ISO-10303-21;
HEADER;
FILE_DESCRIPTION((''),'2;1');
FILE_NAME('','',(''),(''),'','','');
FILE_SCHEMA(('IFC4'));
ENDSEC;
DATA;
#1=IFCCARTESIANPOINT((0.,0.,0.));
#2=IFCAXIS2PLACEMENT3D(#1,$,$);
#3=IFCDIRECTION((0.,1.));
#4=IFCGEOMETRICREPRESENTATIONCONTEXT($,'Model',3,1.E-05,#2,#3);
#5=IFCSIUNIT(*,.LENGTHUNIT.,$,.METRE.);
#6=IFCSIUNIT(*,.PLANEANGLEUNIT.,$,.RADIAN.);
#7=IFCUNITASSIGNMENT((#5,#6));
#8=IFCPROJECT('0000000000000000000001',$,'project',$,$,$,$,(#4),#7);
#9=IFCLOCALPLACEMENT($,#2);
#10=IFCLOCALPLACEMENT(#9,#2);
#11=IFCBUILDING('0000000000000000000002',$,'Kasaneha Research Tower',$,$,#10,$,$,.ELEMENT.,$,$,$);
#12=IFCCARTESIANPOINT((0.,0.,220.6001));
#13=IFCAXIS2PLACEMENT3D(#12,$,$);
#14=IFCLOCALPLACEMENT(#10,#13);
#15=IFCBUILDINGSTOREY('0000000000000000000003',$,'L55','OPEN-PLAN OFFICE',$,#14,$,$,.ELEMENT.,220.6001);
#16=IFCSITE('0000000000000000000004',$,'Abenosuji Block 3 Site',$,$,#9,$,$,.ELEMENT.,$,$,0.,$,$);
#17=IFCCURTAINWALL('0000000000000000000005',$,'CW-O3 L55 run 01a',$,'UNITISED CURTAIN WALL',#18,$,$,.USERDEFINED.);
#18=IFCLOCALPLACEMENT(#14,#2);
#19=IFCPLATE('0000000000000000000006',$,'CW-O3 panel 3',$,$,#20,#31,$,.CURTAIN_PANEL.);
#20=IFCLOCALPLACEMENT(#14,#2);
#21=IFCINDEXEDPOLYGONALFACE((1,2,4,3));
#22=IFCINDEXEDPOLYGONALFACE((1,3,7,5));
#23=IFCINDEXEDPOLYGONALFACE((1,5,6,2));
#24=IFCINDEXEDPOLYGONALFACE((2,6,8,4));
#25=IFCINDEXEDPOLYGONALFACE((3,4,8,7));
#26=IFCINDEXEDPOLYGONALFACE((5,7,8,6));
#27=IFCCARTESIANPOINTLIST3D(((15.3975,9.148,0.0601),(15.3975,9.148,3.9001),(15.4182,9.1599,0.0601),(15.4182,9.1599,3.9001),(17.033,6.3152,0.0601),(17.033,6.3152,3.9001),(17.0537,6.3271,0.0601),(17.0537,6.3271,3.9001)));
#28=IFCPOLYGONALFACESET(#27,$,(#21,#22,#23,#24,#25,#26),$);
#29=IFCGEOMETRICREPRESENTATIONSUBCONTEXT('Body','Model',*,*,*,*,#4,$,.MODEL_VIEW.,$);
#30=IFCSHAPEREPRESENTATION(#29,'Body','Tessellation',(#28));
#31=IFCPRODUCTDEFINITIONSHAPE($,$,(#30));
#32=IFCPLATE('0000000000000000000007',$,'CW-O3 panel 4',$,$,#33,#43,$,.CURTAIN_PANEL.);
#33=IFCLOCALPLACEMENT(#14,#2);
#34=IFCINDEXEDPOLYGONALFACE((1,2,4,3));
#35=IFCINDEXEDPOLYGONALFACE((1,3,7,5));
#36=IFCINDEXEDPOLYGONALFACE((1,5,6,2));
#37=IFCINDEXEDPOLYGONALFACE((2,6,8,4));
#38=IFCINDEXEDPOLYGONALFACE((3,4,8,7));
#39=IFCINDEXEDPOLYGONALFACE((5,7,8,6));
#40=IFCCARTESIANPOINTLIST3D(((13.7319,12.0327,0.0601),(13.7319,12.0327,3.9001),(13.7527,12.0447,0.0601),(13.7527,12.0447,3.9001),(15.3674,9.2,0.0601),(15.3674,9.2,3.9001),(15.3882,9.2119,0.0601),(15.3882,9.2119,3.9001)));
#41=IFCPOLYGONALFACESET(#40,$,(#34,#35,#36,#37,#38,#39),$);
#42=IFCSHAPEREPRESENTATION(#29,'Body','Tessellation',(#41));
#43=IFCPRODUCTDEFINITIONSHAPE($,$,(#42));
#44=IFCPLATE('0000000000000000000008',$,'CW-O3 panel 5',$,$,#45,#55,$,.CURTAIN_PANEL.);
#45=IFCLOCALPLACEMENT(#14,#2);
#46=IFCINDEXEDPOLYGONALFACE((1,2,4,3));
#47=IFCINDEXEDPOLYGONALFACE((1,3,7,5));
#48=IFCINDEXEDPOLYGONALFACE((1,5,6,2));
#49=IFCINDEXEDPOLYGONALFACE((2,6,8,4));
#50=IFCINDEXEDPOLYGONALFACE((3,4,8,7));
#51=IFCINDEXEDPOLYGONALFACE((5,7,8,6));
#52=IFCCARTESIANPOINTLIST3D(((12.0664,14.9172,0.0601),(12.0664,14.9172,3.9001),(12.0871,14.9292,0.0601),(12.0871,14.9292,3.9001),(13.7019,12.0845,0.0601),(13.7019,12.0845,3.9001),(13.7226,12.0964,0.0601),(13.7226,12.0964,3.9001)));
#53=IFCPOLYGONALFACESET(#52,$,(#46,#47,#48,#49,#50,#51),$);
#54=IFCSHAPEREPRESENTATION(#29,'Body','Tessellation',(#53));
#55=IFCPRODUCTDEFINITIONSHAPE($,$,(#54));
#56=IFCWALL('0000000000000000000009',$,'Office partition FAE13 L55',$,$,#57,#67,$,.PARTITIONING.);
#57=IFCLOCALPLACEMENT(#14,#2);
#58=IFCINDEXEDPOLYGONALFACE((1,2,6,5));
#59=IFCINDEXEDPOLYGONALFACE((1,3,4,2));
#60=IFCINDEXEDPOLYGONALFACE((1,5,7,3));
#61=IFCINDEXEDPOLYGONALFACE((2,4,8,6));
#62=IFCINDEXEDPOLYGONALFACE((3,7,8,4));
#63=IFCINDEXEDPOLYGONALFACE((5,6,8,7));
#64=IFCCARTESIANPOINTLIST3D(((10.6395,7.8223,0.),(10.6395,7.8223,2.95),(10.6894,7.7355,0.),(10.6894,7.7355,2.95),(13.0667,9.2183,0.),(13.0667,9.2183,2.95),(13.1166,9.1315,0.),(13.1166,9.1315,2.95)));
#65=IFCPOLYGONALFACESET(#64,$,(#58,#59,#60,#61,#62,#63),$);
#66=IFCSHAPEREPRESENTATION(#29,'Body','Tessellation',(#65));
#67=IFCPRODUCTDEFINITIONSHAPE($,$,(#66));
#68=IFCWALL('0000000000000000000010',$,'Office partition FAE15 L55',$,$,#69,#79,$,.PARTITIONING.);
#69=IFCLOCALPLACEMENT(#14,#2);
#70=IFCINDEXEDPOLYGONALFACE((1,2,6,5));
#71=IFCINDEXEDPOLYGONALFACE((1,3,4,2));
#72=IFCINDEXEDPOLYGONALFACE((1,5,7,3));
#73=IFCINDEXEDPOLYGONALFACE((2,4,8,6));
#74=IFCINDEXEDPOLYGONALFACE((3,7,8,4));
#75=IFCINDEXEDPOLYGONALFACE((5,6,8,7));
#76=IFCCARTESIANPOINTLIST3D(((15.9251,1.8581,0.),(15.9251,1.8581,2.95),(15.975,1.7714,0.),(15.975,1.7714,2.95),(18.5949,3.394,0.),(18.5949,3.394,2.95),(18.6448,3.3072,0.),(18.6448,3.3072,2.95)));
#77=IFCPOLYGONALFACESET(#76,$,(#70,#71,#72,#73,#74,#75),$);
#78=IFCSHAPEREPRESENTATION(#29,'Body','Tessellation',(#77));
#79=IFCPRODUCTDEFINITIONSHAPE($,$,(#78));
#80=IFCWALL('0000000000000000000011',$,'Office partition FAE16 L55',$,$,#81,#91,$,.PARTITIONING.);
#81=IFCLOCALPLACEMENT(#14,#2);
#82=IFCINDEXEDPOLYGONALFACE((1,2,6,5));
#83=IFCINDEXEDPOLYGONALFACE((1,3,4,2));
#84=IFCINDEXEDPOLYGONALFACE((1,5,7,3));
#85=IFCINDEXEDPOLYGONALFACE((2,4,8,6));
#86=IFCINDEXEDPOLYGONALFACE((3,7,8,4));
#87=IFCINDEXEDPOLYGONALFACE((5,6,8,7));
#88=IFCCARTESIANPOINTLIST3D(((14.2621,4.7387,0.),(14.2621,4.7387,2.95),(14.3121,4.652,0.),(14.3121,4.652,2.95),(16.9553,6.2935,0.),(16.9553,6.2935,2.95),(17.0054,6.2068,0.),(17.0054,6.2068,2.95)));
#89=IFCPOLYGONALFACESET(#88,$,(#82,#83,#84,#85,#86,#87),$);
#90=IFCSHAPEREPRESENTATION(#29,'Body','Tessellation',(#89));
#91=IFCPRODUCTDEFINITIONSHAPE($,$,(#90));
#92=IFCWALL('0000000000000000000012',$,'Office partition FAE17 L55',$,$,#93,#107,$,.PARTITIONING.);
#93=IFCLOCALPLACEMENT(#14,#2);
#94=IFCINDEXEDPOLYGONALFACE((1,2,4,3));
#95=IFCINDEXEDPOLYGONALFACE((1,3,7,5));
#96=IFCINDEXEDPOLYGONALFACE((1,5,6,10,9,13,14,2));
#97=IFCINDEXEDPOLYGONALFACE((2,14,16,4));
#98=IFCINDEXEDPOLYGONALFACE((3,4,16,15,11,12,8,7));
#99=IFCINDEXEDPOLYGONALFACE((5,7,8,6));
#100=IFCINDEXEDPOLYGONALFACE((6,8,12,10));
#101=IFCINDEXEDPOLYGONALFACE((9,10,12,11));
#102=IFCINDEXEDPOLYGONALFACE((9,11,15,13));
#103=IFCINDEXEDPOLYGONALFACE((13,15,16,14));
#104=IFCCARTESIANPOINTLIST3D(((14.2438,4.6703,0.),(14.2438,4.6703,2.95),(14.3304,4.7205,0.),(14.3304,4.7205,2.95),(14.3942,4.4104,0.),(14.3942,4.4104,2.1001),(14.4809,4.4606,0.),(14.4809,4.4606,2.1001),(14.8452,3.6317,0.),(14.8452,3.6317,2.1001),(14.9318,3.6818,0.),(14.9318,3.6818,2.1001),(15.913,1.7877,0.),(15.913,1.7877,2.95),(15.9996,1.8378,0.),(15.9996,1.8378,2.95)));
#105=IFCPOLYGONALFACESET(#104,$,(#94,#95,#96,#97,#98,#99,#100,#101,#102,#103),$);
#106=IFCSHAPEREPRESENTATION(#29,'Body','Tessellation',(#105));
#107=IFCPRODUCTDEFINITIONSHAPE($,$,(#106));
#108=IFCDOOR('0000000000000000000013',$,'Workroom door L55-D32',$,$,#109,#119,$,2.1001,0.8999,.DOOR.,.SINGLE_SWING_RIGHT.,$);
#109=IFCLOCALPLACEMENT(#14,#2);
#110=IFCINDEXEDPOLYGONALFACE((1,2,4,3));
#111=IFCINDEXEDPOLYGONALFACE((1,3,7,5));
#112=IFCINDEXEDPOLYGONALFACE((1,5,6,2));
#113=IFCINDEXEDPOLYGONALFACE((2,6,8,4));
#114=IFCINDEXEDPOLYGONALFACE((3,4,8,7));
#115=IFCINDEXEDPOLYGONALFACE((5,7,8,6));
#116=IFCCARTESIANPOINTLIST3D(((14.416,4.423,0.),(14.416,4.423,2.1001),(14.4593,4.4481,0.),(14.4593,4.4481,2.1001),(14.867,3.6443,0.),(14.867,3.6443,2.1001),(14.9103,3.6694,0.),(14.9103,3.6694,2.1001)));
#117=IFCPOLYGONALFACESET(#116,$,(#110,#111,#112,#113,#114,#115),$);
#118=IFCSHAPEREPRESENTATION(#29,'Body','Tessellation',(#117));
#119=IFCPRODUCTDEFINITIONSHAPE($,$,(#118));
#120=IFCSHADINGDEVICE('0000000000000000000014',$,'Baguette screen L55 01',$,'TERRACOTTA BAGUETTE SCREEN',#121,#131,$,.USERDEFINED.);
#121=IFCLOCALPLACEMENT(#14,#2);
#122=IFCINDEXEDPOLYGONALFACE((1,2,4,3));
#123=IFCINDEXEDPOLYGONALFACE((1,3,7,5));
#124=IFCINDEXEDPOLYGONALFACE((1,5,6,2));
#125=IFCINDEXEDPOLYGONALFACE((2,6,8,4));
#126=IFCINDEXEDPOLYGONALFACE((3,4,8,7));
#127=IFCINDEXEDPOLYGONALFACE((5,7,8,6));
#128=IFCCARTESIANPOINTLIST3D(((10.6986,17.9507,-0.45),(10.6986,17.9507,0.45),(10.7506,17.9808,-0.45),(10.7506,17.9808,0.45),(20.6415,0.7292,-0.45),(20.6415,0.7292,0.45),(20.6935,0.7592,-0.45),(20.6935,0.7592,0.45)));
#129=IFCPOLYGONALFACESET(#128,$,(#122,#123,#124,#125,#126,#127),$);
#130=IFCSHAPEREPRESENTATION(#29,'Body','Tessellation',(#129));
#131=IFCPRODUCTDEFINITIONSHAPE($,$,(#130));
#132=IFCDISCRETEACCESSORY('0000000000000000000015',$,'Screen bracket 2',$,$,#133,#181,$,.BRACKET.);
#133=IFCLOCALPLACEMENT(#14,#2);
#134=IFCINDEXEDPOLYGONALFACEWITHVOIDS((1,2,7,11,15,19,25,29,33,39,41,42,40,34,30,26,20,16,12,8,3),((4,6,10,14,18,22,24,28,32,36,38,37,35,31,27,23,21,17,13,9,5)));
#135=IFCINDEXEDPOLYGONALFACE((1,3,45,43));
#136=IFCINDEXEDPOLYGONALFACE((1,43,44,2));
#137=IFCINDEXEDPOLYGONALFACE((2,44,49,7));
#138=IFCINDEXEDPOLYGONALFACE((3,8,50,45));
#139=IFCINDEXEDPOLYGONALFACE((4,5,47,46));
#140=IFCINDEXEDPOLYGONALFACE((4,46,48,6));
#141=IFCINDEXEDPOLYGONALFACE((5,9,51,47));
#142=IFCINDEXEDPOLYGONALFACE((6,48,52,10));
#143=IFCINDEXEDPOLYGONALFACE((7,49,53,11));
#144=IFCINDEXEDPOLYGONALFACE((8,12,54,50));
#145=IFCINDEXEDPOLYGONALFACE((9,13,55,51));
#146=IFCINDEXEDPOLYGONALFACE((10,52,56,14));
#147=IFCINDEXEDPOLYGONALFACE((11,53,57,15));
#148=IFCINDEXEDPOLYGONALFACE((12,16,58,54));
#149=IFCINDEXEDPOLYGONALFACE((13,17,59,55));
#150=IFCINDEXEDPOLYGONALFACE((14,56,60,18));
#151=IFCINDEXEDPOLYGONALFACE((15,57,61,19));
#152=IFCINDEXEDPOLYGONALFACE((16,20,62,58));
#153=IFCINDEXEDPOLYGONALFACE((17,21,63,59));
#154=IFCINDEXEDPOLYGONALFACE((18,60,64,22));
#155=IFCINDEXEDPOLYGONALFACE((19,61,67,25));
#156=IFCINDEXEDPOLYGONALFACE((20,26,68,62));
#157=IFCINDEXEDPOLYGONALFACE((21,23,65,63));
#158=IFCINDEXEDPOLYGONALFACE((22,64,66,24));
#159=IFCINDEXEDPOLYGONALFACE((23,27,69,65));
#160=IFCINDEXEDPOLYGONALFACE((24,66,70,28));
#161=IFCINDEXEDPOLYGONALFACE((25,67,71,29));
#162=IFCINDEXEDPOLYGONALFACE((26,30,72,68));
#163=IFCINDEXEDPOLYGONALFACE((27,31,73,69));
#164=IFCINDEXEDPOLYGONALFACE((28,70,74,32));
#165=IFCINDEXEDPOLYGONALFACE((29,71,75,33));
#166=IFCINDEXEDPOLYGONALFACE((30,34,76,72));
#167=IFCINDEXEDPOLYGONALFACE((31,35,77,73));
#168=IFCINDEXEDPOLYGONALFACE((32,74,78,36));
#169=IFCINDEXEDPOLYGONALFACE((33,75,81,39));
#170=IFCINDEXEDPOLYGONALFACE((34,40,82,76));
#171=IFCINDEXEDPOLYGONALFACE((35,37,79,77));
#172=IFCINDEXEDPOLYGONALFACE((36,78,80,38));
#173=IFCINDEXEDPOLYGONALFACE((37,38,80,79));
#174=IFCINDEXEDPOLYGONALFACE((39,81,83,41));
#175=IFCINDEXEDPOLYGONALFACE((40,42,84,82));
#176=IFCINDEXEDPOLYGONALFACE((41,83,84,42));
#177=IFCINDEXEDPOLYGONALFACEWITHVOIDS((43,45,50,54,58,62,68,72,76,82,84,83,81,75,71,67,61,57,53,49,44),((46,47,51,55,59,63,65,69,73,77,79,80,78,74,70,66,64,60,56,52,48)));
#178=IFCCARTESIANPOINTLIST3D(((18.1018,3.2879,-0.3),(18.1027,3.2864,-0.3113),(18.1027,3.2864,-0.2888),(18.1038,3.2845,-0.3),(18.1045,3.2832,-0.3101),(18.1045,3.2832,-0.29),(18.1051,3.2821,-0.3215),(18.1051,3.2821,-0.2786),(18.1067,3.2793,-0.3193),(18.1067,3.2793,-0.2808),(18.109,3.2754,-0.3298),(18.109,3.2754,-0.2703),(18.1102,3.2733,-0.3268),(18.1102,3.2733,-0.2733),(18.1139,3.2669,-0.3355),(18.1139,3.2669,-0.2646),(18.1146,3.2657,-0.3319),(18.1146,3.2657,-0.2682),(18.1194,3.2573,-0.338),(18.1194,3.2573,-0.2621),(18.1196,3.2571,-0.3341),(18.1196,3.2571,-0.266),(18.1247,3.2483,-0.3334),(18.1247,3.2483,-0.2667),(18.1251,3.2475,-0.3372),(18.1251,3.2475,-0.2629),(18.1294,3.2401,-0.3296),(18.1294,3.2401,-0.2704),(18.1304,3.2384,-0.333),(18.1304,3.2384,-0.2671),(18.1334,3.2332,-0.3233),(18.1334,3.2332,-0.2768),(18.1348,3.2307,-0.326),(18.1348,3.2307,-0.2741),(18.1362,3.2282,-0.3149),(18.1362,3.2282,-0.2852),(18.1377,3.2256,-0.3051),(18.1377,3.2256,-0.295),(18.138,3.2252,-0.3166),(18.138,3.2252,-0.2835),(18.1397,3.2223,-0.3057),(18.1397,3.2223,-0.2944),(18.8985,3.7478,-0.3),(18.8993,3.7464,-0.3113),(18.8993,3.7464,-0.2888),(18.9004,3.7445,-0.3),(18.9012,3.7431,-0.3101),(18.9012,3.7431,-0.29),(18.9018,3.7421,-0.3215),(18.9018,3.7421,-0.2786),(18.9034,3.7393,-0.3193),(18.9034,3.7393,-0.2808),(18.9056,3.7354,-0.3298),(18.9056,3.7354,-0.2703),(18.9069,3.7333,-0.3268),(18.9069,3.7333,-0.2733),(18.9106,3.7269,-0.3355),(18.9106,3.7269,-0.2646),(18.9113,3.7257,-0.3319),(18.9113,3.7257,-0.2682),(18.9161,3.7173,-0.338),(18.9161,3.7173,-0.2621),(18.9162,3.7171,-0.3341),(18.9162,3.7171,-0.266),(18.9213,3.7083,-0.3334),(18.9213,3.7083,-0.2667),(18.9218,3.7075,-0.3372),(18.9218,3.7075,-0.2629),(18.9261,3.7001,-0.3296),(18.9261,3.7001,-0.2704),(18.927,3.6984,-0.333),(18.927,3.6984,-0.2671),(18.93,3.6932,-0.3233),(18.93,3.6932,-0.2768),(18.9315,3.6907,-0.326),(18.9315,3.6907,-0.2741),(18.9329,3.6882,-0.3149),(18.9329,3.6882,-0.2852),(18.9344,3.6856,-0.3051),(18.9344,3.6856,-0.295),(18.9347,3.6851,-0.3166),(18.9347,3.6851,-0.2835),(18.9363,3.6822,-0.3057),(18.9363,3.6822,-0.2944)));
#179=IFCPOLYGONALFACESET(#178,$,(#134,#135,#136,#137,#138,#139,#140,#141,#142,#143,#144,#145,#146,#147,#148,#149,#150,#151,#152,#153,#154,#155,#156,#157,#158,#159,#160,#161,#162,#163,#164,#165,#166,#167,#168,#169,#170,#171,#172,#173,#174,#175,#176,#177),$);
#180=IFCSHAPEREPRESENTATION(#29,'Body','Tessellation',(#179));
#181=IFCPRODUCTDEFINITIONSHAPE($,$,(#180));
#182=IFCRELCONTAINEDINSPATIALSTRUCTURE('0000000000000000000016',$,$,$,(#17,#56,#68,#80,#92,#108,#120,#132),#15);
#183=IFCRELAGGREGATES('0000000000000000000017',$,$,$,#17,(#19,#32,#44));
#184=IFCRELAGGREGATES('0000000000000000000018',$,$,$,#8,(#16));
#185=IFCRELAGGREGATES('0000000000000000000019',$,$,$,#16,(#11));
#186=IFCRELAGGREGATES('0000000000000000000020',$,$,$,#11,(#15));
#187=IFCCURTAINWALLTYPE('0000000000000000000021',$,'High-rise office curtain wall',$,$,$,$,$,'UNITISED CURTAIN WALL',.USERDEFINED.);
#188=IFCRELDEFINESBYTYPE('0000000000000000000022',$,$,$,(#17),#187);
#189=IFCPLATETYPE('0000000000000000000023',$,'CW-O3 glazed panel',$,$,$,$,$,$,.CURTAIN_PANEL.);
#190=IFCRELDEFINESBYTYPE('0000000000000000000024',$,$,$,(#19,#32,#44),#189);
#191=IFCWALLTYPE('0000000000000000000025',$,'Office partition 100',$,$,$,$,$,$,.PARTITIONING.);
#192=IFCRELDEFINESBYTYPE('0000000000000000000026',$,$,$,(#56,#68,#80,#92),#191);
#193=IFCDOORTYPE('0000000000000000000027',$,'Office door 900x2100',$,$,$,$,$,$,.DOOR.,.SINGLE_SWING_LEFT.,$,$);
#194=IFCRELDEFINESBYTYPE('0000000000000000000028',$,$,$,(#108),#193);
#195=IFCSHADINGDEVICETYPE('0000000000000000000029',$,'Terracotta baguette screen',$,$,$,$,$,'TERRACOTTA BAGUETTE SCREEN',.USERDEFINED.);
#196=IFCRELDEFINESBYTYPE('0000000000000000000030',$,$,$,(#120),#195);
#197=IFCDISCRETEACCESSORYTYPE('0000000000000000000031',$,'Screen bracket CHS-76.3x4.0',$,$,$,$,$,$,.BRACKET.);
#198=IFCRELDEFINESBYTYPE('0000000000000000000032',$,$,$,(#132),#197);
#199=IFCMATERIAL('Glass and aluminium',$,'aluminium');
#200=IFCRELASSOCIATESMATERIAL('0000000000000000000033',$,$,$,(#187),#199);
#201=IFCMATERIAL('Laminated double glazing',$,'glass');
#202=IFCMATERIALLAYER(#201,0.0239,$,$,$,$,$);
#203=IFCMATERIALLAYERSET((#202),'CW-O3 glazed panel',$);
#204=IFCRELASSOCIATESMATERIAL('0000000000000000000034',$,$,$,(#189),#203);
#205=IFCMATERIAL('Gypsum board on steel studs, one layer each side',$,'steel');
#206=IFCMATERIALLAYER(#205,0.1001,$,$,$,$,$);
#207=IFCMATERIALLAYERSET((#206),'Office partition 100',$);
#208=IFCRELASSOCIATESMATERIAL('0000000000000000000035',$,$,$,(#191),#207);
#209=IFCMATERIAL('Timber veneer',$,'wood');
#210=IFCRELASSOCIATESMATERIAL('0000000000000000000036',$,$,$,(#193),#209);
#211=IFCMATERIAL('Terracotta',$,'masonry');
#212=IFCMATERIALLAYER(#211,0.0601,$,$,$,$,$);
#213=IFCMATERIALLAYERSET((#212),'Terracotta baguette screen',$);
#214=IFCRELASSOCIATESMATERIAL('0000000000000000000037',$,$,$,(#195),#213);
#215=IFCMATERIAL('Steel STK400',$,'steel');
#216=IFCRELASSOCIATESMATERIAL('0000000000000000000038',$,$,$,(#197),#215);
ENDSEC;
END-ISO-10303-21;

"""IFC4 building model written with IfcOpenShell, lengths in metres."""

from ifc_helpers import new_model, si_unit, direction, frame, frame_2d, origin, origin_2d, place, context, subcontext, project, spatial, rectangle, hollow_circle, extrude, material, layer, layer_set, material_profile, profile_set, type_object, element, fill, aggregate, save


model = new_model("IFC4")

# Units and contexts
model_context = context("Model", 3, precision=1e-05, world=origin(), true_north=direction((0.0, 1.0)))
body_context = subcontext(model_context, "Body", "Model", "MODEL_VIEW")
ifc_project = project(units=[si_unit("LENGTHUNIT", "METRE"), si_unit("PLANEANGLEUNIT", "RADIAN")], contexts=[model_context])

# Site, building, storey
site_placement = place(None, origin())
site = spatial("IfcSite", under=ifc_project, at=site_placement, Name="Abenosuji Block 3 Site", CompositionType="ELEMENT", RefElevation=0.0)
building_placement = place(site_placement, origin())
building = spatial("IfcBuilding", under=site, at=building_placement, Name="Kasaneha Research Tower", CompositionType="ELEMENT")
storey_placement = place(building_placement, frame((0.0, 0.0, 220.6001)))
storey = spatial("IfcBuildingStorey", under=building, at=storey_placement, Name="L55", Description="OPEN-PLAN OFFICE", CompositionType="ELEMENT", Elevation=220.6001)

# Curtain wall, plates
ifc_material_1 = material(Name="Glass and aluminium", Category="aluminium")
curtain_wall_type = type_object("IfcCurtainWallType", Name="High-rise office curtain wall", ElementType="UNITISED CURTAIN WALL", PredefinedType="USERDEFINED", material=ifc_material_1)
curtain_wall_placement = place(storey_placement, origin())
curtain_wall = element("IfcCurtainWall", 1, at=curtain_wall_placement, inside=storey, type_object=curtain_wall_type, Name="CW-O3 L55 run 01a", ObjectType="UNITISED CURTAIN WALL", PredefinedType="USERDEFINED")
ifc_material_2 = material(Name="Laminated double glazing", Category="glass")
ifc_layer_1 = layer(ifc_material_2, 0.0239)
ifc_layer_set_1 = layer_set([ifc_layer_1], Name="CW-O3 glazed panel")
plate_type = type_object("IfcPlateType", Name="CW-O3 glazed panel", PredefinedType="CURTAIN_PANEL", material=ifc_layer_set_1)
plate_1_placement = place(storey_placement, frame((16.2256, 7.7375, 0.0601), z_axis=(0.0, 0.0, 1.0), x_axis=(-0.5, 0.866025, 0.0)))
plate_1 = element("IfcPlate", 2, at=plate_1_placement, type_object=plate_type, Name="CW-O3 panel 3", PredefinedType="CURTAIN_PANEL", context=body_context, shape_type="SweptSolid", body=[
    extrude(rectangle(XDim=3.271, YDim=0.0239, at=origin_2d()), origin(), (0.0, 0.0, 1.0), 3.8401),
])
plate_2_placement = place(storey_placement, frame((14.5601, 10.6223, 0.0601), z_axis=(0.0, 0.0, 1.0), x_axis=(-0.5, 0.866025, 0.0)))
plate_2 = element("IfcPlate", 3, at=plate_2_placement, type_object=plate_type, Name="CW-O3 panel 4", PredefinedType="CURTAIN_PANEL", context=body_context, shape_type="SweptSolid", body=[
    extrude(rectangle(XDim=3.271, YDim=0.0239, at=origin_2d()), origin(), (0.0, 0.0, 1.0), 3.8401),
])
plate_3_placement = place(storey_placement, frame((12.8945, 13.5068, 0.0601), z_axis=(0.0, 0.0, 1.0), x_axis=(-0.5, 0.866025, 0.0)))
plate_3 = element("IfcPlate", 4, at=plate_3_placement, type_object=plate_type, Name="CW-O3 panel 5", PredefinedType="CURTAIN_PANEL", context=body_context, shape_type="SweptSolid", body=[
    extrude(rectangle(XDim=3.271, YDim=0.0239, at=origin_2d()), origin(), (0.0, 0.0, 1.0), 3.8401),
])
aggregate(curtain_wall, [plate_1, plate_2, plate_3])

# Walls
ifc_material_3 = material(Name="Gypsum board on steel studs, one layer each side", Category="steel")
ifc_layer_2 = layer(ifc_material_3, 0.1001)
ifc_layer_set_2 = layer_set([ifc_layer_2], Name="Office partition 100")
wall_type = type_object("IfcWallType", Name="Office partition 100", PredefinedType="PARTITIONING", material=ifc_layer_set_2)
wall_1_placement = place(storey_placement, frame((13.0916, 9.1748, 0.0), z_axis=(0.0, 0.0, 1.0), x_axis=(-0.866855, -0.49856, 0.0)))
element("IfcWall", 5, at=wall_1_placement, inside=storey, type_object=wall_type, Name="Office partition FAE13 L55", PredefinedType="PARTITIONING", context=body_context, shape_type="SweptSolid", body=[
    extrude(rectangle(XDim=2.8, YDim=0.1001, at=frame_2d((1.3999, 0.0))), origin(), (0.0, 0.0, 1.0), 2.95),
])
wall_2_placement = place(storey_placement, frame((18.6199, 3.3506, 0.0), z_axis=(0.0, 0.0, 1.0), x_axis=(-0.86681, -0.498638, 0.0)))
element("IfcWall", 6, at=wall_2_placement, inside=storey, type_object=wall_type, Name="Office partition FAE15 L55", PredefinedType="PARTITIONING", context=body_context, shape_type="SweptSolid", body=[
    extrude(rectangle(XDim=3.0801, YDim=0.1001, at=frame_2d((1.54, 0.0))), origin(), (0.0, 0.0, 1.0), 2.95),
])
wall_3_placement = place(storey_placement, frame((14.2871, 4.6953, 0.0), z_axis=(0.0, 0.0, 1.0), x_axis=(0.866037, 0.499981, 0.0)))
element("IfcWall", 7, at=wall_3_placement, inside=storey, type_object=wall_type, Name="Office partition FAE16 L55", PredefinedType="PARTITIONING", context=body_context, shape_type="SweptSolid", body=[
    extrude(rectangle(XDim=3.1099, YDim=0.1001, at=frame_2d((1.5549, 0.0))), origin(), (0.0, 0.0, 1.0), 2.95),
])

# Wall, opening, door
wall_4_placement = place(storey_placement, frame((15.9563, 1.8127, 0.0), z_axis=(0.0, 0.0, 1.0), x_axis=(-0.501111, 0.865383, 0.0)))
wall_4 = element("IfcWall", 8, at=wall_4_placement, inside=storey, type_object=wall_type, Name="Office partition FAE17 L55", PredefinedType="PARTITIONING", context=body_context, shape_type="SweptSolid", body=[
    extrude(rectangle(XDim=3.3311, YDim=0.1001, at=frame_2d((1.6655, 0.0))), origin(), (0.0, 0.0, 1.0), 2.95),
])
opening_placement = place(wall_4_placement, frame((2.1309, 0.0, 0.0)))
opening = element("IfcOpeningElement", 9, at=opening_placement, cuts=wall_4, PredefinedType="OPENING", context=body_context, shape_type="SweptSolid", body=[
    extrude(rectangle(XDim=0.8999, YDim=2.1001, at=frame_2d((0.45, 1.05))), frame((0.0, 0.0601, 0.0), z_axis=(0.0, -1.0, 0.0), x_axis=(1.0, 0.0, 0.0)), (0.0, 0.0, 1.0), 0.1201),
])
ifc_material_4 = material(Name="Timber veneer", Category="wood")
door_type = type_object("IfcDoorType", Name="Office door 900x2100", OperationType="SINGLE_SWING_LEFT", PredefinedType="DOOR", material=ifc_material_4)
door_placement = place(opening_placement, origin())
door = element("IfcDoor", 10, at=door_placement, inside=storey, type_object=door_type, Name="Workroom door L55-D32", OperationType="SINGLE_SWING_RIGHT", OverallHeight=2.1001, OverallWidth=0.8999, PredefinedType="DOOR", context=body_context, shape_type="SweptSolid", body=[
    extrude(rectangle(XDim=0.8999, YDim=2.1001, at=frame_2d((0.45, 1.05))), frame((0.0, 0.0249, 0.0), z_axis=(0.0, -1.0, 0.0), x_axis=(1.0, 0.0, 0.0)), (0.0, 0.0, 1.0), 0.05),
])
fill(opening, door)

# Shading device
ifc_material_5 = material(Name="Terracotta", Category="masonry")
ifc_layer_3 = layer(ifc_material_5, 0.0601)
ifc_layer_set_3 = layer_set([ifc_layer_3], Name="Terracotta baguette screen")
shading_device_type = type_object("IfcShadingDeviceType", Name="Terracotta baguette screen", ElementType="TERRACOTTA BAGUETTE SCREEN", PredefinedType="USERDEFINED", material=ifc_layer_set_3)
shading_device_placement = place(storey_placement, frame((15.696, 9.355, -0.45), z_axis=(0.0, 0.0, 1.0), x_axis=(-0.5, 0.866025, 0.0)))
element("IfcShadingDevice", 11, at=shading_device_placement, inside=storey, type_object=shading_device_type, Name="Baguette screen L55 01", ObjectType="TERRACOTTA BAGUETTE SCREEN", PredefinedType="USERDEFINED", context=body_context, shape_type="SweptSolid", body=[
    extrude(rectangle(XDim=19.8857, YDim=0.0601, at=origin_2d()), origin(), (0.0, 0.0, 1.0), 0.8999),
])

# Discrete accessory
ifc_material_6 = material(Name="Steel STK400", Category="steel")
ifc_material_profile_1 = material_profile(ifc_material_6, hollow_circle(Radius=0.0381, WallThickness=0.0039, at=origin_2d()), Name="CHS-76.3x4.0")
ifc_profile_set_1 = profile_set([ifc_material_profile_1], Name="Steel STK400")
discrete_accessory_type = type_object("IfcDiscreteAccessoryType", Name="Screen bracket CHS-76.3x4.0", PredefinedType="BRACKET", material=ifc_profile_set_1)
for number, where, z_axis, x_axis, name in (
    (12, (18.1208, 3.2549, -0.3), (0.866013, 0.500021, 0.0), (-0.500021, 0.866013, 0.0), "Screen bracket 2"),
):
    element("IfcDiscreteAccessory", number, at=place(storey_placement, frame(where, z_axis=z_axis, x_axis=x_axis)), inside=storey, type_object=discrete_accessory_type, Name=name, PredefinedType="BRACKET", context=body_context, shape_type="SweptSolid", body=[
        extrude(hollow_circle(Radius=0.0381, WallThickness=0.0039, at=origin_2d()), origin(), (0.0, 0.0, 1.0), 0.9199),
    ])

save(model, "model.ifc")
